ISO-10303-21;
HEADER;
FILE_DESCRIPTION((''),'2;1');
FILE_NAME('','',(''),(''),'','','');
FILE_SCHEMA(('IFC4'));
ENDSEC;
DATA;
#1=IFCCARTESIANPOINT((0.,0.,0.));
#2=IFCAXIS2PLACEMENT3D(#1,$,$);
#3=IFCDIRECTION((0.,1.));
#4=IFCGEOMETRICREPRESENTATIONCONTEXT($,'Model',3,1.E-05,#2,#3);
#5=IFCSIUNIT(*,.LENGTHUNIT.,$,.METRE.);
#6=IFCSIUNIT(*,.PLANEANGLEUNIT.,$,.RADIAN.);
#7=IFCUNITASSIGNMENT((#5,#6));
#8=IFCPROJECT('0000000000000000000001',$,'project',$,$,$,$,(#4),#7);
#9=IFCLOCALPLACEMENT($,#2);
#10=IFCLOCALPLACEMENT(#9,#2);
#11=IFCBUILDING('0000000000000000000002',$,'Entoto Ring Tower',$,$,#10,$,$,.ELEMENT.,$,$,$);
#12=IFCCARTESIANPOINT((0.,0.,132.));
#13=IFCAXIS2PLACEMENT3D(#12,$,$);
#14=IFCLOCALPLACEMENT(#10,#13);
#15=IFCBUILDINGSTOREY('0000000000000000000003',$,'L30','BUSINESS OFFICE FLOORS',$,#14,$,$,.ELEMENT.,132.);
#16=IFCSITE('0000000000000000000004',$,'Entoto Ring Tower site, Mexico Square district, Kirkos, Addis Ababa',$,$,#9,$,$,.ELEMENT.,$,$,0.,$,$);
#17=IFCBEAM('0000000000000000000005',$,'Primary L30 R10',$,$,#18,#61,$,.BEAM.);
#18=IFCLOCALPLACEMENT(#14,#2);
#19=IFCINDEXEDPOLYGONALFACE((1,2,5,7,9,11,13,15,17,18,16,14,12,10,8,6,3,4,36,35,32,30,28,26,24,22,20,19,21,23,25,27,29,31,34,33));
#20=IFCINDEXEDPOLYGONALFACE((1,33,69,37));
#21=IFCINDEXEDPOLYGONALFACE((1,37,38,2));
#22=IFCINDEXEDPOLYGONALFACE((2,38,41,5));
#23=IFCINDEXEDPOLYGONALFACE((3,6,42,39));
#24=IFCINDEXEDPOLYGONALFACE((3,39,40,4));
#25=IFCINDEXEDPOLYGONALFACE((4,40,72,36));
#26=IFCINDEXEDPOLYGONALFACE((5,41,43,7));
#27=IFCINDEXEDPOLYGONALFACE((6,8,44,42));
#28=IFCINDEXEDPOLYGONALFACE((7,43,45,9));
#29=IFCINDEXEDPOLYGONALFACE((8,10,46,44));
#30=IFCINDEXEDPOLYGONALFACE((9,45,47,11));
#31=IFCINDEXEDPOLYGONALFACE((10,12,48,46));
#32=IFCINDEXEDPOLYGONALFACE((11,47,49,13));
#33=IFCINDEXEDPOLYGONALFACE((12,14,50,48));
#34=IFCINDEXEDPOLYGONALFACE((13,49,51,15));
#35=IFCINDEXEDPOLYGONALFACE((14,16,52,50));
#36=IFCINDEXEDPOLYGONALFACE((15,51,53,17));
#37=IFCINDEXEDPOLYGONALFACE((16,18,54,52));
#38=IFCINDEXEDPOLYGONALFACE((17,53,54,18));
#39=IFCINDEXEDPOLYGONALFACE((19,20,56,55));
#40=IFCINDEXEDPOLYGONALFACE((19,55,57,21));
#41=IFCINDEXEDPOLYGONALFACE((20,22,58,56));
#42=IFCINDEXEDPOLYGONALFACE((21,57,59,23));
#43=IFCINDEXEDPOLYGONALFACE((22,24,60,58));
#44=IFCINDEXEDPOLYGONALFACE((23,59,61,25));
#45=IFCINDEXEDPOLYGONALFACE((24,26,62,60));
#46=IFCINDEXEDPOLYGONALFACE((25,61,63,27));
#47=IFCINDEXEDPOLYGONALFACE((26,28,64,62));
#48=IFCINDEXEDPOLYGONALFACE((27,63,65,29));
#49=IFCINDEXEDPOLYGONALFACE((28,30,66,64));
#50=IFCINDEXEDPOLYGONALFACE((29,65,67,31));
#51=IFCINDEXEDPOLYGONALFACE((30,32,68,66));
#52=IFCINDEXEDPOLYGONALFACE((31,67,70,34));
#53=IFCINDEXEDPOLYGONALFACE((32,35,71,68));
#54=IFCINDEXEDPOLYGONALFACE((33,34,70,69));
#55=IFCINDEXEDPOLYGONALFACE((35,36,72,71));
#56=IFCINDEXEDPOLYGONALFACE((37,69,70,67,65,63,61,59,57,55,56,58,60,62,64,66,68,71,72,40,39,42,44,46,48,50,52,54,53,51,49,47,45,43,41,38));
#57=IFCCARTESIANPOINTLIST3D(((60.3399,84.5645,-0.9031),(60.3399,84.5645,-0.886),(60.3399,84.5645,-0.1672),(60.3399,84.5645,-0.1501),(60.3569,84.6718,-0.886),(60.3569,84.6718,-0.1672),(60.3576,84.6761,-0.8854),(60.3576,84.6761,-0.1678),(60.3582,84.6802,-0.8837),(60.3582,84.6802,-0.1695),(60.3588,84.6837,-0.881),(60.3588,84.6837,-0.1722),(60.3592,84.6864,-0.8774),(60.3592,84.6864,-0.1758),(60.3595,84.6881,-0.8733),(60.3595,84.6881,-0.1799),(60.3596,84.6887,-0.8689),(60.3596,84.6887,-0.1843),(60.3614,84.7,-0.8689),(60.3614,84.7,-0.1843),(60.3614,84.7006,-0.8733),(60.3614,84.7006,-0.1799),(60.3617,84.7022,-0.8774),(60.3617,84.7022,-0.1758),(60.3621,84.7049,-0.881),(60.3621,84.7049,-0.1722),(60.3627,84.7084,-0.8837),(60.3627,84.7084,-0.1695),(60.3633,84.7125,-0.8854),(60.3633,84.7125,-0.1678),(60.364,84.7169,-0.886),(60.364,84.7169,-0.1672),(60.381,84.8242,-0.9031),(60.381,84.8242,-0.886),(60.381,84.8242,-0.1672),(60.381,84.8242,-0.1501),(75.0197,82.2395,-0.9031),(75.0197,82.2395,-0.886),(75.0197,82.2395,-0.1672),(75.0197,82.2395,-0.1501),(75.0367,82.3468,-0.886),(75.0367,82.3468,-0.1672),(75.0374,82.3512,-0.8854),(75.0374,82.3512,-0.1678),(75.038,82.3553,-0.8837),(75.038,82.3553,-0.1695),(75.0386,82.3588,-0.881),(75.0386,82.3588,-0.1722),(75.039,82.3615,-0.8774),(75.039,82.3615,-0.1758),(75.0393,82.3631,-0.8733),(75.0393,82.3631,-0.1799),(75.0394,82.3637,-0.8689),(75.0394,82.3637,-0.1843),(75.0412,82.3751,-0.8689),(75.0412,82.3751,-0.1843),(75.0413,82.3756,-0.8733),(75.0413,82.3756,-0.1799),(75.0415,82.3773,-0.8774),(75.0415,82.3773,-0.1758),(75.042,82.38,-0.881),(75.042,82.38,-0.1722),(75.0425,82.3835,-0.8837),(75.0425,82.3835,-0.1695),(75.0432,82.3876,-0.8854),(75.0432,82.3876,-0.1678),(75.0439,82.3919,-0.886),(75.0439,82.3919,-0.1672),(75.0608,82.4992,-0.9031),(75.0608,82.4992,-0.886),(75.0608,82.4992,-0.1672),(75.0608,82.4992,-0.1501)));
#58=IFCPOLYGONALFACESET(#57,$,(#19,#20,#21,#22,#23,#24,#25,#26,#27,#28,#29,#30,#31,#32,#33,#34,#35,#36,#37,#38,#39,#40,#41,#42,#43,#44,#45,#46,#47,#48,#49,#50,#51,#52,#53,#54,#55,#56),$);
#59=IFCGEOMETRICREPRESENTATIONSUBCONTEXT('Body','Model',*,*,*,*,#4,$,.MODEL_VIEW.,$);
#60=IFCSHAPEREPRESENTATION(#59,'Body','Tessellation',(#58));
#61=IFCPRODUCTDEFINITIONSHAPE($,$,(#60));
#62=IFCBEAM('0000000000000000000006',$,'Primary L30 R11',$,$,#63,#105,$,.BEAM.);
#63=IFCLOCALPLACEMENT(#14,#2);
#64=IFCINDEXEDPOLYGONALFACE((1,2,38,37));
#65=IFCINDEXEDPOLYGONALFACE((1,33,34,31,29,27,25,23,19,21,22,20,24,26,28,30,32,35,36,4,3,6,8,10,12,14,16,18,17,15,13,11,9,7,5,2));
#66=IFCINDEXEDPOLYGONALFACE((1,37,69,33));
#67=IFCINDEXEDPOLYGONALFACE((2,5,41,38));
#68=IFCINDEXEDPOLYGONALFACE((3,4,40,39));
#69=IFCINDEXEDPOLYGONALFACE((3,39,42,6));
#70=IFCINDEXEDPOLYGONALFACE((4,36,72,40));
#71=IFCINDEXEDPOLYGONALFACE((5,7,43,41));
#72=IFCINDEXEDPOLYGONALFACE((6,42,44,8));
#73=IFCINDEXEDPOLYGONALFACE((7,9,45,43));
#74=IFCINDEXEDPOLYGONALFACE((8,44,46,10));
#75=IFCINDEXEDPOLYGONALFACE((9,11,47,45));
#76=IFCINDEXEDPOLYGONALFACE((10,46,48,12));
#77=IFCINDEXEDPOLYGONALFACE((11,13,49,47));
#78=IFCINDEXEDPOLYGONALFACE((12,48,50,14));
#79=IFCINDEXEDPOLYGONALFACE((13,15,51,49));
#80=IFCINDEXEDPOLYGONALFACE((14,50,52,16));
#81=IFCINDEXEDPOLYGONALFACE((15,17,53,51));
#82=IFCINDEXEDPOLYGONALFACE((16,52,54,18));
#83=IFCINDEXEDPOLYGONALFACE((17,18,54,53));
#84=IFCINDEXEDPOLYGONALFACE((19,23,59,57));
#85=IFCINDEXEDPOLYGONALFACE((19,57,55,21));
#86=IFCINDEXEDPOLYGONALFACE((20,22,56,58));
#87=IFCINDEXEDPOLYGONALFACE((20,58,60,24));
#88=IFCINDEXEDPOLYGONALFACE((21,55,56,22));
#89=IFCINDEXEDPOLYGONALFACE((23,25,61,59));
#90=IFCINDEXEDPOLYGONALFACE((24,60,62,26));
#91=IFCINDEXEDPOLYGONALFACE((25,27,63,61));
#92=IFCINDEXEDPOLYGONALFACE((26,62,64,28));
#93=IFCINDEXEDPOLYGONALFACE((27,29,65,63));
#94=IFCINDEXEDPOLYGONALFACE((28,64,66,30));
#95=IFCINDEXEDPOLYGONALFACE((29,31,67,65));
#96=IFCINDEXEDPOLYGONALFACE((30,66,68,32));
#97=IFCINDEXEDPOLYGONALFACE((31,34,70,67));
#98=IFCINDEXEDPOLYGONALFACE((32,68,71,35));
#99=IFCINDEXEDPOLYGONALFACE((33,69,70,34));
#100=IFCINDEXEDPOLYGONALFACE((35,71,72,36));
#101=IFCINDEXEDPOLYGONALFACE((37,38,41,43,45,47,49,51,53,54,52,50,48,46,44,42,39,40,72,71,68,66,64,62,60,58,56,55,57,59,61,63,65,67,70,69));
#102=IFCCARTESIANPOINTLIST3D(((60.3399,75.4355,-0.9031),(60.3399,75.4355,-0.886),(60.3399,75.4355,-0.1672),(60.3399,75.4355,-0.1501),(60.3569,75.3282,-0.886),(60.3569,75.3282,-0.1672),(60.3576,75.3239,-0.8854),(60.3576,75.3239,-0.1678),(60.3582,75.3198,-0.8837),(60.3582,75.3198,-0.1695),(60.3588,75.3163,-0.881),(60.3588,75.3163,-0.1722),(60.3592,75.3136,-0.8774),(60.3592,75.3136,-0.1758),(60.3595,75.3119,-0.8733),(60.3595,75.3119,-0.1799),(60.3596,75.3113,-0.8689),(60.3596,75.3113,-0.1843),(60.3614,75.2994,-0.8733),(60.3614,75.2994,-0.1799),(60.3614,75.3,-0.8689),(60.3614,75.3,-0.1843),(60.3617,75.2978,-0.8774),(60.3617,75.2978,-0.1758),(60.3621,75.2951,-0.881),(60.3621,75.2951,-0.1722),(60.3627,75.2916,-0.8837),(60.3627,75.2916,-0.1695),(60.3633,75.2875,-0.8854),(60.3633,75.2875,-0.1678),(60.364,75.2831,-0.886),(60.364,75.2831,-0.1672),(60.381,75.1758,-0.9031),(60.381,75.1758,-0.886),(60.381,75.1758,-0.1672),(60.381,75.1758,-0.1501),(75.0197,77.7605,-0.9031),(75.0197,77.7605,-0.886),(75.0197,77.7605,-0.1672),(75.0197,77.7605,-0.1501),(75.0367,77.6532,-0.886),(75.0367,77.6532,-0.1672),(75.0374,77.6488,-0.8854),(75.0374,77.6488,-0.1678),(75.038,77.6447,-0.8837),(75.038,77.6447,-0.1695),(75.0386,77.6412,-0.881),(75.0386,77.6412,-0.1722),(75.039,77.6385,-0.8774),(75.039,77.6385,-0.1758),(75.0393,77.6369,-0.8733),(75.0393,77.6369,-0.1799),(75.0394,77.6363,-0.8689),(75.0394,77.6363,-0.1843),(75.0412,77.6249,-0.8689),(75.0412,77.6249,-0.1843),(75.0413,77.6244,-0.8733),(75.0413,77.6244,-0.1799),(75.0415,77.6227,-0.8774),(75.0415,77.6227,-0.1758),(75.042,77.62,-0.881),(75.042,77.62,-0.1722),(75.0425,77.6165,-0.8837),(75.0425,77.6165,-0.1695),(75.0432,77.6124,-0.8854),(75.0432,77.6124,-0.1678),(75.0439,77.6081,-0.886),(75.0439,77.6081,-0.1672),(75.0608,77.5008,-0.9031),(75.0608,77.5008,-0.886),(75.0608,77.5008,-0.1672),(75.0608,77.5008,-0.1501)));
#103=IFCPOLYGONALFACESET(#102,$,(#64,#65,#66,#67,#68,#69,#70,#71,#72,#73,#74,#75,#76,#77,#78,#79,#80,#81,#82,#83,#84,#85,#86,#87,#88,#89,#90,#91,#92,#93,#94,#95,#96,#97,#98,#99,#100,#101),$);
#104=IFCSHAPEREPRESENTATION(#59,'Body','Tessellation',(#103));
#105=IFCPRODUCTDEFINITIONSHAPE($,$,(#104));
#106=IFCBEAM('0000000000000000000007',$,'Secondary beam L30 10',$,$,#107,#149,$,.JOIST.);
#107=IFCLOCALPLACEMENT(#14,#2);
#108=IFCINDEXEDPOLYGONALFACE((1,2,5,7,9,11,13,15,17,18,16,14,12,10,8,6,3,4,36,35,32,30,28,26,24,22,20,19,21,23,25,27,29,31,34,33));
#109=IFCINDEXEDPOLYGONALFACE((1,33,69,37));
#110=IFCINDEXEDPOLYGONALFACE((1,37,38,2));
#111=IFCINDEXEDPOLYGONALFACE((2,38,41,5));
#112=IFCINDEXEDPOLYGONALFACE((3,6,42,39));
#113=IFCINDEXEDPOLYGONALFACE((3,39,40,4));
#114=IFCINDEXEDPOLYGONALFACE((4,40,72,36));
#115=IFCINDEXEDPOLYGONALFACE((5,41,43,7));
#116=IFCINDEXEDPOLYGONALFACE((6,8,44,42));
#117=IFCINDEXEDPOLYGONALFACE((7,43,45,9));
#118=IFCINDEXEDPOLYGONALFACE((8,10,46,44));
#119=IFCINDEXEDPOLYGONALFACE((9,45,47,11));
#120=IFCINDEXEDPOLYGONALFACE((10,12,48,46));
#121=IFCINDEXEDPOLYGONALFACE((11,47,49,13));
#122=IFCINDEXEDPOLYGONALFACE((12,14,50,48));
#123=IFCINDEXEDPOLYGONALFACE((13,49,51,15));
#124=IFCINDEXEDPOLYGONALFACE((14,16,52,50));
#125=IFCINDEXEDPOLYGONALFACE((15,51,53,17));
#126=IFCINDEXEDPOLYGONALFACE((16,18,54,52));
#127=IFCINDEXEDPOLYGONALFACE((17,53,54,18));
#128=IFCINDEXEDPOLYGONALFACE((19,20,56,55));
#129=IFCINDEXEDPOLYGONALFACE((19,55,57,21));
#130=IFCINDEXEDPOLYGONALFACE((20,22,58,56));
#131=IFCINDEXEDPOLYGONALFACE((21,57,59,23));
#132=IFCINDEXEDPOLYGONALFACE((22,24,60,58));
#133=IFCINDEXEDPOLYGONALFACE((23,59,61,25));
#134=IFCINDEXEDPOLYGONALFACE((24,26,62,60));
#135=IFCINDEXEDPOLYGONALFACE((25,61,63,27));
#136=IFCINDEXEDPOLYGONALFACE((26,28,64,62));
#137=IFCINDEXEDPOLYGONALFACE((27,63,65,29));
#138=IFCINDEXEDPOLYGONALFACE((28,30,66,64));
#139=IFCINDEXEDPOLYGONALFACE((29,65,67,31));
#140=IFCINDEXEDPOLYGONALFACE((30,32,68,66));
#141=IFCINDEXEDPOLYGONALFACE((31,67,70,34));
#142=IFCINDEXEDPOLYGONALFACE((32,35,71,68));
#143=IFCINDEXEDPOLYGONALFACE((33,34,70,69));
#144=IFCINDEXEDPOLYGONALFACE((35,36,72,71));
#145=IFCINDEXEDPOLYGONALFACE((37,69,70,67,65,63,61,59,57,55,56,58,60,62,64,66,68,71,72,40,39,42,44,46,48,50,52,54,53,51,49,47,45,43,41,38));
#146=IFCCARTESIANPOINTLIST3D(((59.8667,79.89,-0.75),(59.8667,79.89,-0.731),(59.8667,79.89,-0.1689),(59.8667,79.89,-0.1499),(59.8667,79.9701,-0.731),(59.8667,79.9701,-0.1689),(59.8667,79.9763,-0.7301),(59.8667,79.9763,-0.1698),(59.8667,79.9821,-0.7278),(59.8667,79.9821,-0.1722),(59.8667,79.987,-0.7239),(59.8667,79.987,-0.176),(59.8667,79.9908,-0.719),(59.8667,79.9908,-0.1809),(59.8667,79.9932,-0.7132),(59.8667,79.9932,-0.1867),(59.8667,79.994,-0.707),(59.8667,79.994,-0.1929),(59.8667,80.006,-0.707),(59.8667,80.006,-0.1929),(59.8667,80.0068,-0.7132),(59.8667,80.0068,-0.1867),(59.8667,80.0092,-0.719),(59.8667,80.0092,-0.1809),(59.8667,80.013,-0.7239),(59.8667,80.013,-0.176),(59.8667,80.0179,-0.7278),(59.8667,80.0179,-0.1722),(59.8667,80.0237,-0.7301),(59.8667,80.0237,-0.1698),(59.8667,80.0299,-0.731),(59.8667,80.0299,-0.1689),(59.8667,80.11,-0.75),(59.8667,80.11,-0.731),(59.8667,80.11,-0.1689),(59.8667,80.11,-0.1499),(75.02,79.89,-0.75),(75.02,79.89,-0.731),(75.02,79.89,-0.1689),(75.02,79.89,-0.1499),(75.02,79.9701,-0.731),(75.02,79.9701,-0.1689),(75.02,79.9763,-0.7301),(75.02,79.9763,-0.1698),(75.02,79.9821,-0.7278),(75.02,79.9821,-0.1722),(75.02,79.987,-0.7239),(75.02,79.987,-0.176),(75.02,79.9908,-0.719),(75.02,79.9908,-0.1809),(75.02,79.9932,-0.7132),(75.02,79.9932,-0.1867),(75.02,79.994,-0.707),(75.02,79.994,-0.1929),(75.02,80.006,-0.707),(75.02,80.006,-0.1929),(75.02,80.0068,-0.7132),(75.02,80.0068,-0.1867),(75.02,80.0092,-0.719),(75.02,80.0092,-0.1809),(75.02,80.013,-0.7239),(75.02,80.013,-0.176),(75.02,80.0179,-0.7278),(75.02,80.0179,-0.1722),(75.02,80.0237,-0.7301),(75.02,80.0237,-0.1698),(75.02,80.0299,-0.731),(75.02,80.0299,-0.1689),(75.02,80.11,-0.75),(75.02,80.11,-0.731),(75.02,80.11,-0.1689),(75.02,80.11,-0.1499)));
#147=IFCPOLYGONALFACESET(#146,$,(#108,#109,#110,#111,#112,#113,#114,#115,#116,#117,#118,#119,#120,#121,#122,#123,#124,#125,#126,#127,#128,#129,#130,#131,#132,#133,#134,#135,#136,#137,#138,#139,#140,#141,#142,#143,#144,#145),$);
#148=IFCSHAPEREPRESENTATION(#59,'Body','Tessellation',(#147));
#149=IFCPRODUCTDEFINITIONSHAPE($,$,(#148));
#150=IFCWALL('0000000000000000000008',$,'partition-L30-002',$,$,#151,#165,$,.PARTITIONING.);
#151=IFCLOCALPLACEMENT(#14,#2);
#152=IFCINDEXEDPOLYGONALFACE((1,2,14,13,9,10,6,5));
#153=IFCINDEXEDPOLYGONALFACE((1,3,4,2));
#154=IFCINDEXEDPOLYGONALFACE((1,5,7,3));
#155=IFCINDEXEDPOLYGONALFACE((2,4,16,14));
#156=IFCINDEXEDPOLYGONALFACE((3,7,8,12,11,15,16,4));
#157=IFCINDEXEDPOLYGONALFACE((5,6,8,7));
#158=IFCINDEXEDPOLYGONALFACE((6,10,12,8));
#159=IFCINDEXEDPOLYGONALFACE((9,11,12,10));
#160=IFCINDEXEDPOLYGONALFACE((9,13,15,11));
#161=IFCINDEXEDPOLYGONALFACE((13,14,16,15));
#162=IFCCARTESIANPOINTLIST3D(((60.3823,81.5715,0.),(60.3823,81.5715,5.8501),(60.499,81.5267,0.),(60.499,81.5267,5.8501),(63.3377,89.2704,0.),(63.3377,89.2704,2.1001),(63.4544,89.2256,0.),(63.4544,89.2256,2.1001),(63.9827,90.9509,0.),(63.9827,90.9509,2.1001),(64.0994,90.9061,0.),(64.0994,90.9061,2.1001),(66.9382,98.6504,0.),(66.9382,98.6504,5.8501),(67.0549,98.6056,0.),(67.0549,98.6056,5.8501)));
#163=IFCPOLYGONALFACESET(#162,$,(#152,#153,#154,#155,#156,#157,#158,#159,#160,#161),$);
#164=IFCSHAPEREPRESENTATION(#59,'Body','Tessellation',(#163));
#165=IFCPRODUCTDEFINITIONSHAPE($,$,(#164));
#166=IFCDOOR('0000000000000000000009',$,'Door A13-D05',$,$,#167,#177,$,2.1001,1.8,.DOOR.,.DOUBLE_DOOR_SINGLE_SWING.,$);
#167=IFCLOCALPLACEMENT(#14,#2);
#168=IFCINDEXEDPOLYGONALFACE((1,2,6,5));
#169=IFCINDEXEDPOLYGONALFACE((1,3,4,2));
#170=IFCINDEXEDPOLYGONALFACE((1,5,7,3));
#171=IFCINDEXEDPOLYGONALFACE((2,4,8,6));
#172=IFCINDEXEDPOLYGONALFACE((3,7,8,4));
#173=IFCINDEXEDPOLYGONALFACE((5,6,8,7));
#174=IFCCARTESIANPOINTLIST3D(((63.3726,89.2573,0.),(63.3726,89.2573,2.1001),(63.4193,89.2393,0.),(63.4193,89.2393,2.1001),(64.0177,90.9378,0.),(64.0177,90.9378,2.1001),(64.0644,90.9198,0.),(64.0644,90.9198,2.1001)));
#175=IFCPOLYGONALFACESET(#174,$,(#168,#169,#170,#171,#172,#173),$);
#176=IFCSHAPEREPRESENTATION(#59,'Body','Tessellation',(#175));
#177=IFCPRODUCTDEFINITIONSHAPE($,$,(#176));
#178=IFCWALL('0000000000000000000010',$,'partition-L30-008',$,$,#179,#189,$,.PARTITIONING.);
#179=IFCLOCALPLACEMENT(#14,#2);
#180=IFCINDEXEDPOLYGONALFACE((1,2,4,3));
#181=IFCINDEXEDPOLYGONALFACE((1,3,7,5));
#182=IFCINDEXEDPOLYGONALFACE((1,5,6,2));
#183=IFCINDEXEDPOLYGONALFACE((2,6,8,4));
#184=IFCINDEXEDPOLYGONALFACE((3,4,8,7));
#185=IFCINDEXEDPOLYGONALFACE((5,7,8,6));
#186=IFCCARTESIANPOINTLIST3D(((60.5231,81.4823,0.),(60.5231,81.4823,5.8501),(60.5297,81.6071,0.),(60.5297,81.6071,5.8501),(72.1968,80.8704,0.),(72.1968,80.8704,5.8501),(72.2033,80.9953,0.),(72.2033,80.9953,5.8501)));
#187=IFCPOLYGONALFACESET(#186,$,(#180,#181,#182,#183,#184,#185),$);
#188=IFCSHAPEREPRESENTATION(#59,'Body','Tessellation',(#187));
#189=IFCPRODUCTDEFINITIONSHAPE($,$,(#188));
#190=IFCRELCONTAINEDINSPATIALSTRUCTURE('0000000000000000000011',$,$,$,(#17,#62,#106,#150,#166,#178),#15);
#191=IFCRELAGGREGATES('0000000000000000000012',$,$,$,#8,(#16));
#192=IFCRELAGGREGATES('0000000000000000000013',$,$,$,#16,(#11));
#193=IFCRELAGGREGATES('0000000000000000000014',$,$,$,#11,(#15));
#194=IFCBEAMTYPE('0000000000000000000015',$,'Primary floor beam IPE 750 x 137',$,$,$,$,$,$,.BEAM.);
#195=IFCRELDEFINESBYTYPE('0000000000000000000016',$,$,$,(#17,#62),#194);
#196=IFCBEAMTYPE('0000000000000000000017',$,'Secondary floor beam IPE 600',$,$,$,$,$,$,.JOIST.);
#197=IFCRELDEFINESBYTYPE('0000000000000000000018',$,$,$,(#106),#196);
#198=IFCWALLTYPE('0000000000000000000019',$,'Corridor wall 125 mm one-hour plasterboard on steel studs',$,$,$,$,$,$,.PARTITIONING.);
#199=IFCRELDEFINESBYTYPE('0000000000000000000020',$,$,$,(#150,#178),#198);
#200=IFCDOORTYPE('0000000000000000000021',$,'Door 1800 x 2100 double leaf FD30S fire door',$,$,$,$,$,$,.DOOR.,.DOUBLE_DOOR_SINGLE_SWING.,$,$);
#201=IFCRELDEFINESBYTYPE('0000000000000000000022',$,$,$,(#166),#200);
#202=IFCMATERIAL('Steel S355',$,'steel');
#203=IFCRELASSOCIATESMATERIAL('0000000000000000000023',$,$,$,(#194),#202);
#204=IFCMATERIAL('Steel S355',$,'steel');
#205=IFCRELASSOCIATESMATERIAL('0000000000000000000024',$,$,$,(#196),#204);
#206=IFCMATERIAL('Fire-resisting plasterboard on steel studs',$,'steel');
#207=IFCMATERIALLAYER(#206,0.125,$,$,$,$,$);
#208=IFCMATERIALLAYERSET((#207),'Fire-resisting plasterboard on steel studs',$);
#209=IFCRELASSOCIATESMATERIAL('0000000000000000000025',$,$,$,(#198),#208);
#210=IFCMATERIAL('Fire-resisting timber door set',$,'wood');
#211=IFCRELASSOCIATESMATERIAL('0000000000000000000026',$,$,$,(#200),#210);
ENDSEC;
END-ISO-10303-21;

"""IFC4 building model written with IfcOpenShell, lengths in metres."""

from ifc_helpers import new_model, si_unit, direction, frame, frame_2d, origin, origin_2d, place, context, subcontext, project, spatial, rectangle, i_section, extrude, material, layer, layer_set, material_profile, profile_set, type_object, element, fill, save


model = new_model("IFC4")

# Units and contexts
model_context = context("Model", 3, precision=1e-05, world=origin(), true_north=direction((0.0, 1.0)))
body_context = subcontext(model_context, "Body", "Model", "MODEL_VIEW")
ifc_project = project(units=[si_unit("LENGTHUNIT", "METRE"), si_unit("PLANEANGLEUNIT", "RADIAN")], contexts=[model_context])

# Site, building, storey
site_placement = place(None, origin())
site = spatial("IfcSite", under=ifc_project, at=site_placement, Name="Entoto Ring Tower site, Mexico Square district, Kirkos, Addis Ababa", CompositionType="ELEMENT", RefElevation=0.0)
building_placement = place(site_placement, origin())
building = spatial("IfcBuilding", under=site, at=building_placement, Name="Entoto Ring Tower", CompositionType="ELEMENT")
storey_placement = place(building_placement, frame((0.0, 0.0, 132.0)))
storey = spatial("IfcBuildingStorey", under=building, at=storey_placement, Name="L30", Description="BUSINESS OFFICE FLOORS", CompositionType="ELEMENT", Elevation=132.0)

# Beams
ifc_material_1 = material(Name="Steel S355", Category="steel")
ifc_material_profile_1 = material_profile(ifc_material_1, i_section(OverallWidth=0.2629, OverallDepth=0.7529, WebThickness=0.0115, FlangeThickness=0.0171, FilletRadius=0.0171, at=origin_2d()), Name="IPE 750 x 137")
ifc_profile_set_1 = profile_set([ifc_material_profile_1], Name="Steel S355")
beam_type_1 = type_object("IfcBeamType", Name="Primary floor beam IPE 750 x 137", PredefinedType="BEAM", material=ifc_profile_set_1)
for number, where, z_axis, x_axis, name in (
    (1, (75.0403, 82.3694, -0.5266), (-0.98769, 0.156426, 0.0), (-0.156426, -0.98769, 0.0), "Primary L30 R10"),
    (2, (75.0403, 77.6306, -0.5266), (-0.98769, -0.156426, 0.0), (0.156426, -0.98769, 0.0), "Primary L30 R11"),
):
    element("IfcBeam", number, at=place(storey_placement, frame(where, z_axis=z_axis, x_axis=x_axis)), inside=storey, type_object=beam_type_1, Name=name, PredefinedType="BEAM", context=body_context, shape_type="SweptSolid", body=[
        extrude(i_section(OverallWidth=0.2629, OverallDepth=0.7529, WebThickness=0.0115, FlangeThickness=0.0171, FilletRadius=0.0171, at=origin_2d()), origin(), (0.0, 0.0, 1.0), 14.8628),
    ])
ifc_material_2 = material(Name="Steel S355", Category="steel")
ifc_material_profile_2 = material_profile(ifc_material_2, i_section(OverallWidth=0.22, OverallDepth=0.6001, WebThickness=0.012, FlangeThickness=0.019, FilletRadius=0.0239, at=origin_2d()), Name="IPE 600")
ifc_profile_set_2 = profile_set([ifc_material_profile_2], Name="Steel S355")
beam_type_2 = type_object("IfcBeamType", Name="Secondary floor beam IPE 600", PredefinedType="JOIST", material=ifc_profile_set_2)
beam_placement = place(storey_placement, frame((75.02, 80.0, -0.45), z_axis=(-1.0, 0.0, 0.0), x_axis=(0.0, -1.0, 0.0)))
element("IfcBeam", 3, at=beam_placement, inside=storey, type_object=beam_type_2, Name="Secondary beam L30 10", PredefinedType="JOIST", context=body_context, shape_type="SweptSolid", body=[
    extrude(i_section(OverallWidth=0.22, OverallDepth=0.6001, WebThickness=0.012, FlangeThickness=0.019, FilletRadius=0.0239, at=origin_2d()), origin(), (0.0, 0.0, 1.0), 15.1533),
])

# Wall, opening, door
ifc_material_3 = material(Name="Fire-resisting plasterboard on steel studs", Category="steel")
ifc_layer_1 = layer(ifc_material_3, 0.125)
ifc_layer_set_1 = layer_set([ifc_layer_1], Name="Fire-resisting plasterboard on steel studs")
wall_type_1 = type_object("IfcWallType", Name="Corridor wall 125 mm one-hour plasterboard on steel studs", PredefinedType="PARTITIONING", material=ifc_layer_set_1)
wall_1_placement = place(storey_placement, frame((60.4407, 81.5491, 0.0), z_axis=(0.0, 0.0, 1.0), x_axis=(0.358366, 0.933581, 0.0)))
wall_1 = element("IfcWall", 4, at=wall_1_placement, inside=storey, type_object=wall_type_1, Name="partition-L30-002", PredefinedType="PARTITIONING", context=body_context, shape_type="SweptSolid", body=[
    extrude(rectangle(XDim=18.2939, YDim=0.125, at=frame_2d((9.147, 0.0))), origin(), (0.0, 0.0, 1.0), 5.8501),
])
opening_placement = place(wall_1_placement, frame((8.2468, 0.0, 0.0)))
opening = element("IfcOpeningElement", 5, at=opening_placement, cuts=wall_1, PredefinedType="OPENING", context=body_context, shape_type="SweptSolid", body=[
    extrude(rectangle(XDim=1.8, YDim=2.1001, at=frame_2d((0.8999, 1.05))), frame((0.0, 0.0725, 0.0), z_axis=(0.0, -1.0, 0.0), x_axis=(1.0, 0.0, 0.0)), (0.0, 0.0, 1.0), 0.145),
])
ifc_material_4 = material(Name="Fire-resisting timber door set", Category="wood")
door_type = type_object("IfcDoorType", Name="Door 1800 x 2100 double leaf FD30S fire door", OperationType="DOUBLE_DOOR_SINGLE_SWING", PredefinedType="DOOR", material=ifc_material_4)
door_placement = place(opening_placement, frame((1.8, 0.0, 0.0), z_axis=(0.0, 0.0, 1.0), x_axis=(-1.0, 0.0, 0.0)))
door = element("IfcDoor", 6, at=door_placement, inside=storey, type_object=door_type, Name="Door A13-D05", OperationType="DOUBLE_DOOR_SINGLE_SWING", OverallHeight=2.1001, OverallWidth=1.8, PredefinedType="DOOR", context=body_context, shape_type="SweptSolid", body=[
    extrude(rectangle(XDim=1.8, YDim=2.1001, at=frame_2d((0.8999, 1.05))), frame((0.0, 0.0249, 0.0), z_axis=(0.0, -1.0, 0.0), x_axis=(1.0, 0.0, 0.0)), (0.0, 0.0, 1.0), 0.05),
])
fill(opening, door)

# Wall
wall_2_placement = place(storey_placement, frame((72.2, 80.9329, 0.0), z_axis=(0.0, 0.0, 1.0), x_axis=(-0.998629, 0.052338, 0.0)))
element("IfcWall", 7, at=wall_2_placement, inside=storey, type_object=wall_type_1, Name="partition-L30-008", PredefinedType="PARTITIONING", context=body_context, shape_type="SweptSolid", body=[
    extrude(rectangle(XDim=11.6897, YDim=0.125, at=frame_2d((5.8447, 0.0))), origin(), (0.0, 0.0, 1.0), 5.8501),
])

save(model, "model.ifc")
